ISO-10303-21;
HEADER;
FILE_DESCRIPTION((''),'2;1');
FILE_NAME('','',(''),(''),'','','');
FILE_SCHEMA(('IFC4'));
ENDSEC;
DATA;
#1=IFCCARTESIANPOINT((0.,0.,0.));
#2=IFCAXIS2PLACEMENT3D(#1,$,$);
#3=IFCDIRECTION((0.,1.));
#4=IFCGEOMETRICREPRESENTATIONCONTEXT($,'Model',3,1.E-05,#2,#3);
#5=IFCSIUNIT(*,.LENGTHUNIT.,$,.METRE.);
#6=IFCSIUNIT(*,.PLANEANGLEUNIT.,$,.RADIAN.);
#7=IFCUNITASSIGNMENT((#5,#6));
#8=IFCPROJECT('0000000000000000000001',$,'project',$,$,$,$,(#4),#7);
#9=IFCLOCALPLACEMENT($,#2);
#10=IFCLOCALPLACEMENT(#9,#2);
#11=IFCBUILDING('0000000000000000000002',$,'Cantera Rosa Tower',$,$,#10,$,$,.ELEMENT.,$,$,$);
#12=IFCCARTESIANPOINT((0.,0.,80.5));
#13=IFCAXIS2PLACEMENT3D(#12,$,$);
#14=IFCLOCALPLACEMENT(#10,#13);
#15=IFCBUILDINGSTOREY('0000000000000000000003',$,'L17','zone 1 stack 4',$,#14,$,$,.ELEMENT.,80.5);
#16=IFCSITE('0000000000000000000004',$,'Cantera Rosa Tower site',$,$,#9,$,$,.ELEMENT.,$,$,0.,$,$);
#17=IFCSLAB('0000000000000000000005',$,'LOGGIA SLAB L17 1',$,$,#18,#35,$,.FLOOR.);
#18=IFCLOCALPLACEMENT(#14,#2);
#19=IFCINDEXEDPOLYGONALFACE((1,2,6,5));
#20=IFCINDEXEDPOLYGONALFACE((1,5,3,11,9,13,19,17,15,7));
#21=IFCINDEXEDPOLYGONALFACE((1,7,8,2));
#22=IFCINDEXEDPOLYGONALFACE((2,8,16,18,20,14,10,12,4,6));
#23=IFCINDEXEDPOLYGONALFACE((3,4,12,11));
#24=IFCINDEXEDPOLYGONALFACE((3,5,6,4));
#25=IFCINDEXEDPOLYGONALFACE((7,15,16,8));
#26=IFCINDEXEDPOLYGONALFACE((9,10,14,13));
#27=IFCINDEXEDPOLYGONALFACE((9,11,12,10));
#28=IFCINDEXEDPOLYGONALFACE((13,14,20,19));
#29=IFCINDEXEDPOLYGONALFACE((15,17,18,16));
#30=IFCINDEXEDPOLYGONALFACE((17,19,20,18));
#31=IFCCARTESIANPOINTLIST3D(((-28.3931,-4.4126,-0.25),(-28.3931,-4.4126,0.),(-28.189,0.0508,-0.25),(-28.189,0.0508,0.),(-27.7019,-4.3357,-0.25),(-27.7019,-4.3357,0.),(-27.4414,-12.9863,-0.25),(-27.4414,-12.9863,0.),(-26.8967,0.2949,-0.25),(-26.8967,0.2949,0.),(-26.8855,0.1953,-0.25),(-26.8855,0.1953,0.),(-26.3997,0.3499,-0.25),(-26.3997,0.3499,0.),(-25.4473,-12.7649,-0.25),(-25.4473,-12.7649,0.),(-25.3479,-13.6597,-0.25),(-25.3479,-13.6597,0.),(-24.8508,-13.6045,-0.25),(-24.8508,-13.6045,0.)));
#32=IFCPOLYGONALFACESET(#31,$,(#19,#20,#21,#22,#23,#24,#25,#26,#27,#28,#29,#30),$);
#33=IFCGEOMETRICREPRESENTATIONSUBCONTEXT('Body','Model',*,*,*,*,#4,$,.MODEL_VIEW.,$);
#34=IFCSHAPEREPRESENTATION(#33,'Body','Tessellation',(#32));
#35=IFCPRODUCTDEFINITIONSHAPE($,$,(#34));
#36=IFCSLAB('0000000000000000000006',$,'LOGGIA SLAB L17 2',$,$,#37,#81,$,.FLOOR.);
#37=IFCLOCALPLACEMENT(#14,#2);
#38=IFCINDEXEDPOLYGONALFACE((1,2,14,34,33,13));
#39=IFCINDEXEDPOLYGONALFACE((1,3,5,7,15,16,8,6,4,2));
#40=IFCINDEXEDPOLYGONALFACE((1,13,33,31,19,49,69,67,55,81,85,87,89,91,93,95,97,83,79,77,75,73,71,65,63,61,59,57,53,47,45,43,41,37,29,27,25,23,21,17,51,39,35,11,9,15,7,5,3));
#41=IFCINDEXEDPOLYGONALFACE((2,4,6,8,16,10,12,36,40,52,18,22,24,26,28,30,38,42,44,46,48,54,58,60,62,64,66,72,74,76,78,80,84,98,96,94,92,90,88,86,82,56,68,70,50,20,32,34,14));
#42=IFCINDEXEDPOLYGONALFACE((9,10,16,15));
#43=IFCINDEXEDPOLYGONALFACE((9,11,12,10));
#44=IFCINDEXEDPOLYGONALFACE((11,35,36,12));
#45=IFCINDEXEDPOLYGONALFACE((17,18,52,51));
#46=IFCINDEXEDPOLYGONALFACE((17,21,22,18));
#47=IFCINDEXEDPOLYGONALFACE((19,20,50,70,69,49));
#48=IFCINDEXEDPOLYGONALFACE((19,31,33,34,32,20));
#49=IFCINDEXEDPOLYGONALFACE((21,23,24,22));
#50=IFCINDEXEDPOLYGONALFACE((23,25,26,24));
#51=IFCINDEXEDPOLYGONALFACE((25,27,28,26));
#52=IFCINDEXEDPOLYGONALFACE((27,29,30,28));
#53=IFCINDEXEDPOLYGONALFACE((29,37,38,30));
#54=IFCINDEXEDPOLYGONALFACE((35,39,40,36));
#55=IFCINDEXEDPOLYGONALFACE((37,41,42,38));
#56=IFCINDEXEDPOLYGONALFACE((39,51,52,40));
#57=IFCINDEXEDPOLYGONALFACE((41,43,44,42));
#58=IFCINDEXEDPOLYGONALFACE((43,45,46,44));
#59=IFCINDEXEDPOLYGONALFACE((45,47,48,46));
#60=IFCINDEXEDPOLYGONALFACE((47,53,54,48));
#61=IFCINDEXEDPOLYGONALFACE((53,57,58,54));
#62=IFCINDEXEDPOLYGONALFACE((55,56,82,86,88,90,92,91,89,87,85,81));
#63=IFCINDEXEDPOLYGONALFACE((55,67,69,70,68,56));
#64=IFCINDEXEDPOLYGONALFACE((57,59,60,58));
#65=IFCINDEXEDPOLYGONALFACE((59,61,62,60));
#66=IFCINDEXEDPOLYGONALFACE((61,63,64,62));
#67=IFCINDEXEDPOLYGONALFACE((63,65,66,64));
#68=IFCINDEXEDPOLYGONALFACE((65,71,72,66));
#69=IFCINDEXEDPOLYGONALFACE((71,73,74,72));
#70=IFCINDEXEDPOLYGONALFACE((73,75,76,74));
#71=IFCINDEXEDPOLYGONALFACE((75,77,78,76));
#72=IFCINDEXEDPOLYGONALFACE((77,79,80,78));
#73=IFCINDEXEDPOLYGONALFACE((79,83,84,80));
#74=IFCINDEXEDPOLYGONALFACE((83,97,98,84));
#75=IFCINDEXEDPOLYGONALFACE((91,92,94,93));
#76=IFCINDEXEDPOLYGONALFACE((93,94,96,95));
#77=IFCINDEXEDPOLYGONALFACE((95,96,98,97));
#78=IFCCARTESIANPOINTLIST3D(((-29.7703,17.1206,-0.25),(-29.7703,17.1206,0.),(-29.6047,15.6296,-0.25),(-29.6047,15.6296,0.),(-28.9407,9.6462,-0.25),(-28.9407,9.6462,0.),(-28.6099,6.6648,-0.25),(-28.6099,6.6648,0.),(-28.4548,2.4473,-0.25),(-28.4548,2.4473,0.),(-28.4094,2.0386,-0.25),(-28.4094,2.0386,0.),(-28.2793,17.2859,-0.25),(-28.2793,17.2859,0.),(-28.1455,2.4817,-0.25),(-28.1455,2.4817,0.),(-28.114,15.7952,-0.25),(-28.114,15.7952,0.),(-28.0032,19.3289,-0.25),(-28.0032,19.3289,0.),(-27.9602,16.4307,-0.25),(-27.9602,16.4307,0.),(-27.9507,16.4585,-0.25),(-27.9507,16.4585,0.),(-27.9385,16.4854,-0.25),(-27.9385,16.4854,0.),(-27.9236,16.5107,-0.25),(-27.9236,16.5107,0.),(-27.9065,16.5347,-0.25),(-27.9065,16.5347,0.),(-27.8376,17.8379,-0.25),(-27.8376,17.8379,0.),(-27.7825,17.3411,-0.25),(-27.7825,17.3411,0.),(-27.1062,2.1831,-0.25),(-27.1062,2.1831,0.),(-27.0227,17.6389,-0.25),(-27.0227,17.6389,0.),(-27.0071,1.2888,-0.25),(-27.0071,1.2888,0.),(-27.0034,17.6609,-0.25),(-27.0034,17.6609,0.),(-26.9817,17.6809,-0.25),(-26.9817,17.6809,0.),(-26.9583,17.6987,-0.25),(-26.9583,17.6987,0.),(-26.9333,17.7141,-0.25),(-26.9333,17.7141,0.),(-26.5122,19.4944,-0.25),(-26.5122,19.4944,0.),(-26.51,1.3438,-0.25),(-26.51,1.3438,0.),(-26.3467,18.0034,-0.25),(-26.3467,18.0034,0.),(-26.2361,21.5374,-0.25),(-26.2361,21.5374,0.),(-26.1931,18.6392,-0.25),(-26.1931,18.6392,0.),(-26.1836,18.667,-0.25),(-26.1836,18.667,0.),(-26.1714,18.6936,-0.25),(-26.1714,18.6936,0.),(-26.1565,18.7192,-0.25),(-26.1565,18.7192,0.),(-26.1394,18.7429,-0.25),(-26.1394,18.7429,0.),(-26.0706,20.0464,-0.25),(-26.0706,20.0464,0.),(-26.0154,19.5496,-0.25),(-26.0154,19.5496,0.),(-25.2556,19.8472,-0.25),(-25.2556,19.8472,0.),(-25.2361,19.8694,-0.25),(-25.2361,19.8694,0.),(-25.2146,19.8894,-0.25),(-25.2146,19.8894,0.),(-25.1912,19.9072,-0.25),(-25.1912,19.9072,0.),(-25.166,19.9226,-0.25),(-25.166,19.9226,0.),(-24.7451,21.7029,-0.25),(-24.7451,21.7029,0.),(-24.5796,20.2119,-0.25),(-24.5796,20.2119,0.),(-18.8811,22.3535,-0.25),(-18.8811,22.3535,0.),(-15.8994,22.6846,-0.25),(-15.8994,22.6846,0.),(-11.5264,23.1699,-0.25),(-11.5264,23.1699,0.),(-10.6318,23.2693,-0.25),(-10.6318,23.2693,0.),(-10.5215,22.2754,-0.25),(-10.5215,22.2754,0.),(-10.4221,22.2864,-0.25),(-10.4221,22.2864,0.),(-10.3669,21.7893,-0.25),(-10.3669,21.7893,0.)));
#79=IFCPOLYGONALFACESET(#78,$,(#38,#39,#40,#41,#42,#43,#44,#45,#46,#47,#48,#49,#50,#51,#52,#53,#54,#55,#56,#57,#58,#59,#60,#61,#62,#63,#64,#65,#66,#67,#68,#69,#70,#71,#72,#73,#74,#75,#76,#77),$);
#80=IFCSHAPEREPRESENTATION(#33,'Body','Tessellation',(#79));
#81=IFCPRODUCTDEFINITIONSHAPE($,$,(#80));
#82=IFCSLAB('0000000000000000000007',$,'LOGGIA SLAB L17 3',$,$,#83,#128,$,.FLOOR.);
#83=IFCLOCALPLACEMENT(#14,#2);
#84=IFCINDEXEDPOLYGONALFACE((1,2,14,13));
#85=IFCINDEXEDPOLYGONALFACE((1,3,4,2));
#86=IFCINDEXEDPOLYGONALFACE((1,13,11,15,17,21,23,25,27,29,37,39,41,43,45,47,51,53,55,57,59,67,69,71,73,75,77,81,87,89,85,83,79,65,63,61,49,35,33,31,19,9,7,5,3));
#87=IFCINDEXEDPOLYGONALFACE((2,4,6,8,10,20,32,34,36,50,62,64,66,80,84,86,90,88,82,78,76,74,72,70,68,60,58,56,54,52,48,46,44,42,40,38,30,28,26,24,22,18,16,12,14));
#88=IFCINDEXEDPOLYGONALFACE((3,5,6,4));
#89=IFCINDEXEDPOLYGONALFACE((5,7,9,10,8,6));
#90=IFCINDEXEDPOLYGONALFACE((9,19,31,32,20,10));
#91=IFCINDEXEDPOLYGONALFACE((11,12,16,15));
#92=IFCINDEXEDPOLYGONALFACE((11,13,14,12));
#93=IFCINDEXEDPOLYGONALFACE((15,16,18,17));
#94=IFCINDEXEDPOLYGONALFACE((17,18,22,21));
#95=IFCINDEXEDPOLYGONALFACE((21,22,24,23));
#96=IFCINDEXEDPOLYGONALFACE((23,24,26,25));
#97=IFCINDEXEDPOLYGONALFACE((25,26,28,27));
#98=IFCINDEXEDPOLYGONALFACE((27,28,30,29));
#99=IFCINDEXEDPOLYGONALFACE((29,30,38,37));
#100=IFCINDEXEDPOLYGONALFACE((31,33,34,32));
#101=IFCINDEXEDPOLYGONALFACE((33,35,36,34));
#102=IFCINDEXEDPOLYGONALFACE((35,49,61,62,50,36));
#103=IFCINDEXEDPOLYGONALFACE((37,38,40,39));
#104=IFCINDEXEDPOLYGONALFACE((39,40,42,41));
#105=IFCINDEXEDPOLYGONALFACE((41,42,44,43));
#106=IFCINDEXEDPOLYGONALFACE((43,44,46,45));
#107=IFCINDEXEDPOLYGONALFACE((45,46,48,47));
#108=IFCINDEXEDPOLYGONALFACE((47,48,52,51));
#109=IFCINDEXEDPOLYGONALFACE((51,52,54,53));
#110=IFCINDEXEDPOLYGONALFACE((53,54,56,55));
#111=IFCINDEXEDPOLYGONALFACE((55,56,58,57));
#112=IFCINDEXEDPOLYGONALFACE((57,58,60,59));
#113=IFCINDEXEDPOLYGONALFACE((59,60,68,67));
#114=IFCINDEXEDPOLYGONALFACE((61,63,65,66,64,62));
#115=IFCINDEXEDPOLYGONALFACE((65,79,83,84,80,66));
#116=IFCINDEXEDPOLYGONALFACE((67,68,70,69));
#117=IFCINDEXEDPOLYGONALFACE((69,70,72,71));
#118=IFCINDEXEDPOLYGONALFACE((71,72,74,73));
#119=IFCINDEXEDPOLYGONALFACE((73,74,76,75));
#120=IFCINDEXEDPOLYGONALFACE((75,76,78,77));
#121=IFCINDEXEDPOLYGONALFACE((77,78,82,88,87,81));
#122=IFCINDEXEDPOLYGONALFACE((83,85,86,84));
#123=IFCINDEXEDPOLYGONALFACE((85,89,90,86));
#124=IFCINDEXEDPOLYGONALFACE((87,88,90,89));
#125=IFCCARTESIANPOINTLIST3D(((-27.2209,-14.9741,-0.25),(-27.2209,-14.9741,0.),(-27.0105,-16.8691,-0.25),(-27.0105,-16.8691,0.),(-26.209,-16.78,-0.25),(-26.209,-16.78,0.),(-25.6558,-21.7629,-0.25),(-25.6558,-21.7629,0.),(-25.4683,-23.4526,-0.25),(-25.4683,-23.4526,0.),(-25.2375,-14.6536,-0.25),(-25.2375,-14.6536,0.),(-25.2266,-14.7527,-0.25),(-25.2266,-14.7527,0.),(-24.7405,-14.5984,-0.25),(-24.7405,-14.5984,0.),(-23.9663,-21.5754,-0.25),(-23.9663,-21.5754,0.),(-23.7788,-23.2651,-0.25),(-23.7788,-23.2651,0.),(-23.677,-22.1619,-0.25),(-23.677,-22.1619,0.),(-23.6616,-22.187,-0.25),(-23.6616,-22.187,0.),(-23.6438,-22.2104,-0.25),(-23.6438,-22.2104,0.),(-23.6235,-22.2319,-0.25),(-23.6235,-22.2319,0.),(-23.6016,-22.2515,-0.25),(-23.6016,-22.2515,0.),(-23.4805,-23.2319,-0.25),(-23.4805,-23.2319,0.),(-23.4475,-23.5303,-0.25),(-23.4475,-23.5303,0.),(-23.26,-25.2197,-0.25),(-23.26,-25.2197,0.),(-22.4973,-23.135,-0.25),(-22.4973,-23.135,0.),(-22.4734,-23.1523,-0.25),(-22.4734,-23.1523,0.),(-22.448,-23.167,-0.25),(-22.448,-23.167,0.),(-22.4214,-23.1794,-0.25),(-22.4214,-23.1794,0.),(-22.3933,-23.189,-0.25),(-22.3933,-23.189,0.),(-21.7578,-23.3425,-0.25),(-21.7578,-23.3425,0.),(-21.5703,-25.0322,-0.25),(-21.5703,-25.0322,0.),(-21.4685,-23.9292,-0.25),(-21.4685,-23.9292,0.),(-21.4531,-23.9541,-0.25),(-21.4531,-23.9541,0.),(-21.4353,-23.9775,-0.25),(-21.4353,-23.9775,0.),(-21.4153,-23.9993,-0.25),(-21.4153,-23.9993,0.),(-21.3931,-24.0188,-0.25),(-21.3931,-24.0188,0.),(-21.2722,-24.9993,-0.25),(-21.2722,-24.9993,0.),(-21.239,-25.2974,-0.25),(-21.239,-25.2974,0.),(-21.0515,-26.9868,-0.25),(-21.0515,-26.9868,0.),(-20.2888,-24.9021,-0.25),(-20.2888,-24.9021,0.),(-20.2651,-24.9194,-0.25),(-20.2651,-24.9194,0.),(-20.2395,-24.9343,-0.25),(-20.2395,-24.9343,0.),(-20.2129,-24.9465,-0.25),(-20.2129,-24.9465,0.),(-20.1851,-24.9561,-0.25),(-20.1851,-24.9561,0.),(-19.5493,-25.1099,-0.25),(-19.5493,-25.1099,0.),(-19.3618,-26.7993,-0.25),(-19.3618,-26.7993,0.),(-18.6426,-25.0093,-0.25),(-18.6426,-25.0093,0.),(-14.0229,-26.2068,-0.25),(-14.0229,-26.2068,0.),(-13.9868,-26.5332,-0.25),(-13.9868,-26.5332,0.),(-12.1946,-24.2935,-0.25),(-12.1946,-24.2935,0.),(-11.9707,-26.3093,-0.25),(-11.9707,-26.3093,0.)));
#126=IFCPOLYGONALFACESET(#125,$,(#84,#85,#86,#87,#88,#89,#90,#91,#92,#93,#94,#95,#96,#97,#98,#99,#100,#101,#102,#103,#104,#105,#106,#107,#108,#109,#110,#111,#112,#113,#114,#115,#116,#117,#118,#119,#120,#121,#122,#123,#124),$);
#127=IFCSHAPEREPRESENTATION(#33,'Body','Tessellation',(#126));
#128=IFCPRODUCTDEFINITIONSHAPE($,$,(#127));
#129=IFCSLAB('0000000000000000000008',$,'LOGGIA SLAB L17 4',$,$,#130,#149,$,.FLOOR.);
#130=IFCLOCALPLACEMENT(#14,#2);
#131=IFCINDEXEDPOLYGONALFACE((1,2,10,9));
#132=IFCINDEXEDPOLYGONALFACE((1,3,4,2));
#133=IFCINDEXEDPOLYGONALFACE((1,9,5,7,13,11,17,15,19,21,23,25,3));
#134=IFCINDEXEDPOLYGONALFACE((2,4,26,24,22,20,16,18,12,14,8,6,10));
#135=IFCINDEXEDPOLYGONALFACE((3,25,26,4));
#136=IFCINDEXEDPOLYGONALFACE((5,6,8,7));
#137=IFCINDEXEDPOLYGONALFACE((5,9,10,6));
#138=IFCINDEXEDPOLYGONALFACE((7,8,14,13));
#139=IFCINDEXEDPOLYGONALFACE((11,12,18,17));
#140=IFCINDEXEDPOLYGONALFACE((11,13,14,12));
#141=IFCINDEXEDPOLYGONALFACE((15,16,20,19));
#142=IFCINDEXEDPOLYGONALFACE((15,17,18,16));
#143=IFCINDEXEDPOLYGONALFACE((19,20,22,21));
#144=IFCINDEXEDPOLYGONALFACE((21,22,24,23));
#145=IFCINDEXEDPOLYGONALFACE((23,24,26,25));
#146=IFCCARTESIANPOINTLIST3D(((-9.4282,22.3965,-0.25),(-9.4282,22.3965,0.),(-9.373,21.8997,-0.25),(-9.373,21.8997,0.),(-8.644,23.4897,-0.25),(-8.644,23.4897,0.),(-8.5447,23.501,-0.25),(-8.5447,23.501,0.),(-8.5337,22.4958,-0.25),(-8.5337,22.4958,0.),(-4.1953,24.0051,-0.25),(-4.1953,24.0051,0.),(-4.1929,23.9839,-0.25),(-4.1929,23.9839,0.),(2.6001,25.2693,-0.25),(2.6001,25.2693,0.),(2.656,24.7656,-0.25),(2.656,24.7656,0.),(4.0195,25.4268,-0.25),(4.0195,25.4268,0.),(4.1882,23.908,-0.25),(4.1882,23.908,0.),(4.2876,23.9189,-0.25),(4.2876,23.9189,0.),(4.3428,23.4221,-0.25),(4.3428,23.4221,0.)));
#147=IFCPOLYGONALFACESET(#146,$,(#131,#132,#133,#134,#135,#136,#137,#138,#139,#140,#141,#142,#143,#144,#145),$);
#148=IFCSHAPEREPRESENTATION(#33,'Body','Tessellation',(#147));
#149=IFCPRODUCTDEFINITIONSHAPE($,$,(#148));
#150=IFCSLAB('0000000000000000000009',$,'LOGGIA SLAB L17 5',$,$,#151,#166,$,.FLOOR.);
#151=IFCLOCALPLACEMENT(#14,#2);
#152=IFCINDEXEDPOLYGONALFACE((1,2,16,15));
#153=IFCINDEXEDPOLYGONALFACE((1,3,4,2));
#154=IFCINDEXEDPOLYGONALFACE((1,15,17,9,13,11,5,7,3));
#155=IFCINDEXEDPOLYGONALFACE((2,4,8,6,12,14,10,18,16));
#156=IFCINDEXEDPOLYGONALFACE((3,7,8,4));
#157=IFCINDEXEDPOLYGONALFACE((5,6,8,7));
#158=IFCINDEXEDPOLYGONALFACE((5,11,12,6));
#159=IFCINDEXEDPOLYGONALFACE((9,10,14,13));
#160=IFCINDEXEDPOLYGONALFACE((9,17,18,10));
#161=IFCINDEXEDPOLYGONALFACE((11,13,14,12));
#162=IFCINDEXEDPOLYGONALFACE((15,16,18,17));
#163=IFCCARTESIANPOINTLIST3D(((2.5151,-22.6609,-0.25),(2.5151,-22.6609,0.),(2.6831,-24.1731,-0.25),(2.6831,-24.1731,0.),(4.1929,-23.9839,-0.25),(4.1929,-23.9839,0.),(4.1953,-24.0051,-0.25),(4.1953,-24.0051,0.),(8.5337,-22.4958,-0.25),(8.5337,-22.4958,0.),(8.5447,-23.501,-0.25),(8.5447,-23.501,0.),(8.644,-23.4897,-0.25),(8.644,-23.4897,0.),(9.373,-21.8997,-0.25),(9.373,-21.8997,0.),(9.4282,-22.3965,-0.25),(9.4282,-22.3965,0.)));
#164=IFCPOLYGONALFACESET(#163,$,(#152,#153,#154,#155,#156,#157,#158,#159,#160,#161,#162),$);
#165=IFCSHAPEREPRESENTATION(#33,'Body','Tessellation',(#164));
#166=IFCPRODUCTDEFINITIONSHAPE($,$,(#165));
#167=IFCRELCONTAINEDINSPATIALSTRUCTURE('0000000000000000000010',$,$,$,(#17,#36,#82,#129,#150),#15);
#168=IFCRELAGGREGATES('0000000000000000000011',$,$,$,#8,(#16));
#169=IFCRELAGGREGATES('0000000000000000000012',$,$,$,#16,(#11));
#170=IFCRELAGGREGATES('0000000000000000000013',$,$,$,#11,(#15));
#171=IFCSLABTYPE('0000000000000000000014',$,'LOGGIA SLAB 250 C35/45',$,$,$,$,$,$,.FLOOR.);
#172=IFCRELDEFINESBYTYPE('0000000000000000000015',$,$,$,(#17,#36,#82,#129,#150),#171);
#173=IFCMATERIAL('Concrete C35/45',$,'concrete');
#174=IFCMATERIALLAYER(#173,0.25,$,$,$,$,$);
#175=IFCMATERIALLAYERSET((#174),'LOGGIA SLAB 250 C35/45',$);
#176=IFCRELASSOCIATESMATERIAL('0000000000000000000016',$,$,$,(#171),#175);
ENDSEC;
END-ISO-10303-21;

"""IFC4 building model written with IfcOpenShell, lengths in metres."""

from ifc_helpers import new_model, si_unit, direction, frame, origin, place, context, subcontext, project, spatial, polyline, outline, extrude, material, layer, layer_set, type_object, element, save


model = new_model("IFC4")

# Units and contexts
model_context = context("Model", 3, precision=1e-05, world=origin(), true_north=direction((0.0, 1.0)))
body_context = subcontext(model_context, "Body", "Model", "MODEL_VIEW")
ifc_project = project(units=[si_unit("LENGTHUNIT", "METRE"), si_unit("PLANEANGLEUNIT", "RADIAN")], contexts=[model_context])

# Site, building, storey
site_placement = place(None, origin())
site = spatial("IfcSite", under=ifc_project, at=site_placement, Name="Cantera Rosa Tower site", CompositionType="ELEMENT", RefElevation=0.0)
building_placement = place(site_placement, origin())
building = spatial("IfcBuilding", under=site, at=building_placement, Name="Cantera Rosa Tower", CompositionType="ELEMENT")
storey_placement = place(building_placement, frame((0.0, 0.0, 80.5)))
storey = spatial("IfcBuildingStorey", under=building, at=storey_placement, Name="L17", Description="zone 1 stack 4", CompositionType="ELEMENT", Elevation=80.5)

# Slabs
ifc_material_1 = material(Name="Concrete C35/45", Category="concrete")
ifc_layer_1 = layer(ifc_material_1, 0.25)
ifc_layer_set_1 = layer_set([ifc_layer_1], Name="LOGGIA SLAB 250 C35/45")
slab_type_1 = type_object("IfcSlabType", Name="LOGGIA SLAB 250 C35/45", PredefinedType="FLOOR", material=ifc_layer_set_1)
slab_1_placement = place(storey_placement, frame((0.0, 0.0, -0.25)))
element("IfcSlab", 1, at=slab_1_placement, inside=storey, type_object=slab_type_1, Name="LOGGIA SLAB L17 1", PredefinedType="FLOOR", context=body_context, shape_type="SweptSolid", body=[
    extrude(outline(polyline([(-28.189, 0.0508), (-26.8855, 0.1953), (-26.8967, 0.2949), (-26.3997, 0.3499), (-24.8508, -13.6045), (-25.3479, -13.6597), (-25.4473, -12.7649), (-27.4414, -12.9863), (-28.3931, -4.4126), (-27.7019, -4.3357), (-28.189, 0.0508)])), origin(), (0.0, 0.0, 1.0), 0.25),
])
slab_2_placement = place(storey_placement, frame((0.0, 0.0, -0.25)))
element("IfcSlab", 2, at=slab_2_placement, inside=storey, type_object=slab_type_1, Name="LOGGIA SLAB L17 2", PredefinedType="FLOOR", context=body_context, shape_type="SweptSolid", body=[
    extrude(outline(polyline([(-28.6099, 6.6648), (-28.9407, 9.6462), (-29.6047, 15.6296), (-29.7703, 17.1206), (-28.2793, 17.2859), (-27.7825, 17.3411), (-27.8376, 17.8379), (-28.0032, 19.3289), (-26.5122, 19.4944), (-26.0154, 19.5496), (-26.0706, 20.0464), (-26.2361, 21.5374), (-24.7451, 21.7029), (-18.8811, 22.3535), (-15.8994, 22.6846), (-11.5264, 23.1699), (-10.6318, 23.2693), (-10.5215, 22.2754), (-10.4221, 22.2864), (-10.3669, 21.7893), (-24.5796, 20.2119), (-25.166, 19.9226), (-25.1912, 19.9072), (-25.2146, 19.8894), (-25.2361, 19.8694), (-25.2556, 19.8472), (-26.1394, 18.7429), (-26.1565, 18.7192), (-26.1714, 18.6936), (-26.1836, 18.667), (-26.1931, 18.6392), (-26.3467, 18.0034), (-26.9333, 17.7141), (-26.9583, 17.6987), (-26.9817, 17.6809), (-27.0034, 17.6609), (-27.0227, 17.6389), (-27.9065, 16.5347), (-27.9236, 16.5107), (-27.9385, 16.4854), (-27.9507, 16.4585), (-27.9602, 16.4307), (-28.114, 15.7952), (-26.51, 1.3438), (-27.0071, 1.2888), (-27.1062, 2.1831), (-28.4094, 2.0386), (-28.4548, 2.4473), (-28.1455, 2.4817), (-28.6099, 6.6648)])), origin(), (0.0, 0.0, 1.0), 0.25),
])
slab_3_placement = place(storey_placement, frame((0.0, 0.0, -0.25)))
element("IfcSlab", 3, at=slab_3_placement, inside=storey, type_object=slab_type_1, Name="LOGGIA SLAB L17 3", PredefinedType="FLOOR", context=body_context, shape_type="SweptSolid", body=[
    extrude(outline(polyline([(-19.3618, -26.7993), (-21.0515, -26.9868), (-21.239, -25.2974), (-21.2722, -24.9993), (-21.5703, -25.0322), (-23.26, -25.2197), (-23.4475, -23.5303), (-23.4805, -23.2319), (-23.7788, -23.2651), (-25.4683, -23.4526), (-25.6558, -21.7629), (-26.209, -16.78), (-27.0105, -16.8691), (-27.2209, -14.9741), (-25.2266, -14.7527), (-25.2375, -14.6536), (-24.7405, -14.5984), (-23.9663, -21.5754), (-23.677, -22.1619), (-23.6616, -22.187), (-23.6438, -22.2104), (-23.6235, -22.2319), (-23.6016, -22.2515), (-22.4973, -23.135), (-22.4734, -23.1523), (-22.448, -23.167), (-22.4214, -23.1794), (-22.3933, -23.189), (-21.7578, -23.3425), (-21.4685, -23.9292), (-21.4531, -23.9541), (-21.4353, -23.9775), (-21.4153, -23.9993), (-21.3931, -24.0188), (-20.2888, -24.9021), (-20.2651, -24.9194), (-20.2395, -24.9343), (-20.2129, -24.9465), (-20.1851, -24.9561), (-19.5493, -25.1099), (-18.6426, -25.0093), (-12.1946, -24.2935), (-11.9707, -26.3093), (-13.9868, -26.5332), (-14.0229, -26.2068), (-19.3618, -26.7993)])), origin(), (0.0, 0.0, 1.0), 0.25),
])
slab_4_placement = place(storey_placement, frame((0.0, 0.0, -0.25)))
element("IfcSlab", 4, at=slab_4_placement, inside=storey, type_object=slab_type_1, Name="LOGGIA SLAB L17 4", PredefinedType="FLOOR", context=body_context, shape_type="SweptSolid", body=[
    extrude(outline(polyline([(-4.1953, 24.0051), (2.656, 24.7656), (2.6001, 25.2693), (4.0195, 25.4268), (4.1882, 23.908), (4.2876, 23.9189), (4.3428, 23.4221), (-9.373, 21.8997), (-9.4282, 22.3965), (-8.5337, 22.4958), (-8.644, 23.4897), (-8.5447, 23.501), (-4.1929, 23.9839), (-4.1953, 24.0051)])), origin(), (0.0, 0.0, 1.0), 0.25),
])
slab_5_placement = place(storey_placement, frame((0.0, 0.0, -0.25)))
element("IfcSlab", 5, at=slab_5_placement, inside=storey, type_object=slab_type_1, Name="LOGGIA SLAB L17 5", PredefinedType="FLOOR", context=body_context, shape_type="SweptSolid", body=[
    extrude(outline(polyline([(9.4282, -22.3965), (8.5337, -22.4958), (8.644, -23.4897), (8.5447, -23.501), (4.1929, -23.9839), (4.1953, -24.0051), (2.6831, -24.1731), (2.5151, -22.6609), (9.373, -21.8997), (9.4282, -22.3965)])), origin(), (0.0, 0.0, 1.0), 0.25),
])

save(model, "model.ifc")
